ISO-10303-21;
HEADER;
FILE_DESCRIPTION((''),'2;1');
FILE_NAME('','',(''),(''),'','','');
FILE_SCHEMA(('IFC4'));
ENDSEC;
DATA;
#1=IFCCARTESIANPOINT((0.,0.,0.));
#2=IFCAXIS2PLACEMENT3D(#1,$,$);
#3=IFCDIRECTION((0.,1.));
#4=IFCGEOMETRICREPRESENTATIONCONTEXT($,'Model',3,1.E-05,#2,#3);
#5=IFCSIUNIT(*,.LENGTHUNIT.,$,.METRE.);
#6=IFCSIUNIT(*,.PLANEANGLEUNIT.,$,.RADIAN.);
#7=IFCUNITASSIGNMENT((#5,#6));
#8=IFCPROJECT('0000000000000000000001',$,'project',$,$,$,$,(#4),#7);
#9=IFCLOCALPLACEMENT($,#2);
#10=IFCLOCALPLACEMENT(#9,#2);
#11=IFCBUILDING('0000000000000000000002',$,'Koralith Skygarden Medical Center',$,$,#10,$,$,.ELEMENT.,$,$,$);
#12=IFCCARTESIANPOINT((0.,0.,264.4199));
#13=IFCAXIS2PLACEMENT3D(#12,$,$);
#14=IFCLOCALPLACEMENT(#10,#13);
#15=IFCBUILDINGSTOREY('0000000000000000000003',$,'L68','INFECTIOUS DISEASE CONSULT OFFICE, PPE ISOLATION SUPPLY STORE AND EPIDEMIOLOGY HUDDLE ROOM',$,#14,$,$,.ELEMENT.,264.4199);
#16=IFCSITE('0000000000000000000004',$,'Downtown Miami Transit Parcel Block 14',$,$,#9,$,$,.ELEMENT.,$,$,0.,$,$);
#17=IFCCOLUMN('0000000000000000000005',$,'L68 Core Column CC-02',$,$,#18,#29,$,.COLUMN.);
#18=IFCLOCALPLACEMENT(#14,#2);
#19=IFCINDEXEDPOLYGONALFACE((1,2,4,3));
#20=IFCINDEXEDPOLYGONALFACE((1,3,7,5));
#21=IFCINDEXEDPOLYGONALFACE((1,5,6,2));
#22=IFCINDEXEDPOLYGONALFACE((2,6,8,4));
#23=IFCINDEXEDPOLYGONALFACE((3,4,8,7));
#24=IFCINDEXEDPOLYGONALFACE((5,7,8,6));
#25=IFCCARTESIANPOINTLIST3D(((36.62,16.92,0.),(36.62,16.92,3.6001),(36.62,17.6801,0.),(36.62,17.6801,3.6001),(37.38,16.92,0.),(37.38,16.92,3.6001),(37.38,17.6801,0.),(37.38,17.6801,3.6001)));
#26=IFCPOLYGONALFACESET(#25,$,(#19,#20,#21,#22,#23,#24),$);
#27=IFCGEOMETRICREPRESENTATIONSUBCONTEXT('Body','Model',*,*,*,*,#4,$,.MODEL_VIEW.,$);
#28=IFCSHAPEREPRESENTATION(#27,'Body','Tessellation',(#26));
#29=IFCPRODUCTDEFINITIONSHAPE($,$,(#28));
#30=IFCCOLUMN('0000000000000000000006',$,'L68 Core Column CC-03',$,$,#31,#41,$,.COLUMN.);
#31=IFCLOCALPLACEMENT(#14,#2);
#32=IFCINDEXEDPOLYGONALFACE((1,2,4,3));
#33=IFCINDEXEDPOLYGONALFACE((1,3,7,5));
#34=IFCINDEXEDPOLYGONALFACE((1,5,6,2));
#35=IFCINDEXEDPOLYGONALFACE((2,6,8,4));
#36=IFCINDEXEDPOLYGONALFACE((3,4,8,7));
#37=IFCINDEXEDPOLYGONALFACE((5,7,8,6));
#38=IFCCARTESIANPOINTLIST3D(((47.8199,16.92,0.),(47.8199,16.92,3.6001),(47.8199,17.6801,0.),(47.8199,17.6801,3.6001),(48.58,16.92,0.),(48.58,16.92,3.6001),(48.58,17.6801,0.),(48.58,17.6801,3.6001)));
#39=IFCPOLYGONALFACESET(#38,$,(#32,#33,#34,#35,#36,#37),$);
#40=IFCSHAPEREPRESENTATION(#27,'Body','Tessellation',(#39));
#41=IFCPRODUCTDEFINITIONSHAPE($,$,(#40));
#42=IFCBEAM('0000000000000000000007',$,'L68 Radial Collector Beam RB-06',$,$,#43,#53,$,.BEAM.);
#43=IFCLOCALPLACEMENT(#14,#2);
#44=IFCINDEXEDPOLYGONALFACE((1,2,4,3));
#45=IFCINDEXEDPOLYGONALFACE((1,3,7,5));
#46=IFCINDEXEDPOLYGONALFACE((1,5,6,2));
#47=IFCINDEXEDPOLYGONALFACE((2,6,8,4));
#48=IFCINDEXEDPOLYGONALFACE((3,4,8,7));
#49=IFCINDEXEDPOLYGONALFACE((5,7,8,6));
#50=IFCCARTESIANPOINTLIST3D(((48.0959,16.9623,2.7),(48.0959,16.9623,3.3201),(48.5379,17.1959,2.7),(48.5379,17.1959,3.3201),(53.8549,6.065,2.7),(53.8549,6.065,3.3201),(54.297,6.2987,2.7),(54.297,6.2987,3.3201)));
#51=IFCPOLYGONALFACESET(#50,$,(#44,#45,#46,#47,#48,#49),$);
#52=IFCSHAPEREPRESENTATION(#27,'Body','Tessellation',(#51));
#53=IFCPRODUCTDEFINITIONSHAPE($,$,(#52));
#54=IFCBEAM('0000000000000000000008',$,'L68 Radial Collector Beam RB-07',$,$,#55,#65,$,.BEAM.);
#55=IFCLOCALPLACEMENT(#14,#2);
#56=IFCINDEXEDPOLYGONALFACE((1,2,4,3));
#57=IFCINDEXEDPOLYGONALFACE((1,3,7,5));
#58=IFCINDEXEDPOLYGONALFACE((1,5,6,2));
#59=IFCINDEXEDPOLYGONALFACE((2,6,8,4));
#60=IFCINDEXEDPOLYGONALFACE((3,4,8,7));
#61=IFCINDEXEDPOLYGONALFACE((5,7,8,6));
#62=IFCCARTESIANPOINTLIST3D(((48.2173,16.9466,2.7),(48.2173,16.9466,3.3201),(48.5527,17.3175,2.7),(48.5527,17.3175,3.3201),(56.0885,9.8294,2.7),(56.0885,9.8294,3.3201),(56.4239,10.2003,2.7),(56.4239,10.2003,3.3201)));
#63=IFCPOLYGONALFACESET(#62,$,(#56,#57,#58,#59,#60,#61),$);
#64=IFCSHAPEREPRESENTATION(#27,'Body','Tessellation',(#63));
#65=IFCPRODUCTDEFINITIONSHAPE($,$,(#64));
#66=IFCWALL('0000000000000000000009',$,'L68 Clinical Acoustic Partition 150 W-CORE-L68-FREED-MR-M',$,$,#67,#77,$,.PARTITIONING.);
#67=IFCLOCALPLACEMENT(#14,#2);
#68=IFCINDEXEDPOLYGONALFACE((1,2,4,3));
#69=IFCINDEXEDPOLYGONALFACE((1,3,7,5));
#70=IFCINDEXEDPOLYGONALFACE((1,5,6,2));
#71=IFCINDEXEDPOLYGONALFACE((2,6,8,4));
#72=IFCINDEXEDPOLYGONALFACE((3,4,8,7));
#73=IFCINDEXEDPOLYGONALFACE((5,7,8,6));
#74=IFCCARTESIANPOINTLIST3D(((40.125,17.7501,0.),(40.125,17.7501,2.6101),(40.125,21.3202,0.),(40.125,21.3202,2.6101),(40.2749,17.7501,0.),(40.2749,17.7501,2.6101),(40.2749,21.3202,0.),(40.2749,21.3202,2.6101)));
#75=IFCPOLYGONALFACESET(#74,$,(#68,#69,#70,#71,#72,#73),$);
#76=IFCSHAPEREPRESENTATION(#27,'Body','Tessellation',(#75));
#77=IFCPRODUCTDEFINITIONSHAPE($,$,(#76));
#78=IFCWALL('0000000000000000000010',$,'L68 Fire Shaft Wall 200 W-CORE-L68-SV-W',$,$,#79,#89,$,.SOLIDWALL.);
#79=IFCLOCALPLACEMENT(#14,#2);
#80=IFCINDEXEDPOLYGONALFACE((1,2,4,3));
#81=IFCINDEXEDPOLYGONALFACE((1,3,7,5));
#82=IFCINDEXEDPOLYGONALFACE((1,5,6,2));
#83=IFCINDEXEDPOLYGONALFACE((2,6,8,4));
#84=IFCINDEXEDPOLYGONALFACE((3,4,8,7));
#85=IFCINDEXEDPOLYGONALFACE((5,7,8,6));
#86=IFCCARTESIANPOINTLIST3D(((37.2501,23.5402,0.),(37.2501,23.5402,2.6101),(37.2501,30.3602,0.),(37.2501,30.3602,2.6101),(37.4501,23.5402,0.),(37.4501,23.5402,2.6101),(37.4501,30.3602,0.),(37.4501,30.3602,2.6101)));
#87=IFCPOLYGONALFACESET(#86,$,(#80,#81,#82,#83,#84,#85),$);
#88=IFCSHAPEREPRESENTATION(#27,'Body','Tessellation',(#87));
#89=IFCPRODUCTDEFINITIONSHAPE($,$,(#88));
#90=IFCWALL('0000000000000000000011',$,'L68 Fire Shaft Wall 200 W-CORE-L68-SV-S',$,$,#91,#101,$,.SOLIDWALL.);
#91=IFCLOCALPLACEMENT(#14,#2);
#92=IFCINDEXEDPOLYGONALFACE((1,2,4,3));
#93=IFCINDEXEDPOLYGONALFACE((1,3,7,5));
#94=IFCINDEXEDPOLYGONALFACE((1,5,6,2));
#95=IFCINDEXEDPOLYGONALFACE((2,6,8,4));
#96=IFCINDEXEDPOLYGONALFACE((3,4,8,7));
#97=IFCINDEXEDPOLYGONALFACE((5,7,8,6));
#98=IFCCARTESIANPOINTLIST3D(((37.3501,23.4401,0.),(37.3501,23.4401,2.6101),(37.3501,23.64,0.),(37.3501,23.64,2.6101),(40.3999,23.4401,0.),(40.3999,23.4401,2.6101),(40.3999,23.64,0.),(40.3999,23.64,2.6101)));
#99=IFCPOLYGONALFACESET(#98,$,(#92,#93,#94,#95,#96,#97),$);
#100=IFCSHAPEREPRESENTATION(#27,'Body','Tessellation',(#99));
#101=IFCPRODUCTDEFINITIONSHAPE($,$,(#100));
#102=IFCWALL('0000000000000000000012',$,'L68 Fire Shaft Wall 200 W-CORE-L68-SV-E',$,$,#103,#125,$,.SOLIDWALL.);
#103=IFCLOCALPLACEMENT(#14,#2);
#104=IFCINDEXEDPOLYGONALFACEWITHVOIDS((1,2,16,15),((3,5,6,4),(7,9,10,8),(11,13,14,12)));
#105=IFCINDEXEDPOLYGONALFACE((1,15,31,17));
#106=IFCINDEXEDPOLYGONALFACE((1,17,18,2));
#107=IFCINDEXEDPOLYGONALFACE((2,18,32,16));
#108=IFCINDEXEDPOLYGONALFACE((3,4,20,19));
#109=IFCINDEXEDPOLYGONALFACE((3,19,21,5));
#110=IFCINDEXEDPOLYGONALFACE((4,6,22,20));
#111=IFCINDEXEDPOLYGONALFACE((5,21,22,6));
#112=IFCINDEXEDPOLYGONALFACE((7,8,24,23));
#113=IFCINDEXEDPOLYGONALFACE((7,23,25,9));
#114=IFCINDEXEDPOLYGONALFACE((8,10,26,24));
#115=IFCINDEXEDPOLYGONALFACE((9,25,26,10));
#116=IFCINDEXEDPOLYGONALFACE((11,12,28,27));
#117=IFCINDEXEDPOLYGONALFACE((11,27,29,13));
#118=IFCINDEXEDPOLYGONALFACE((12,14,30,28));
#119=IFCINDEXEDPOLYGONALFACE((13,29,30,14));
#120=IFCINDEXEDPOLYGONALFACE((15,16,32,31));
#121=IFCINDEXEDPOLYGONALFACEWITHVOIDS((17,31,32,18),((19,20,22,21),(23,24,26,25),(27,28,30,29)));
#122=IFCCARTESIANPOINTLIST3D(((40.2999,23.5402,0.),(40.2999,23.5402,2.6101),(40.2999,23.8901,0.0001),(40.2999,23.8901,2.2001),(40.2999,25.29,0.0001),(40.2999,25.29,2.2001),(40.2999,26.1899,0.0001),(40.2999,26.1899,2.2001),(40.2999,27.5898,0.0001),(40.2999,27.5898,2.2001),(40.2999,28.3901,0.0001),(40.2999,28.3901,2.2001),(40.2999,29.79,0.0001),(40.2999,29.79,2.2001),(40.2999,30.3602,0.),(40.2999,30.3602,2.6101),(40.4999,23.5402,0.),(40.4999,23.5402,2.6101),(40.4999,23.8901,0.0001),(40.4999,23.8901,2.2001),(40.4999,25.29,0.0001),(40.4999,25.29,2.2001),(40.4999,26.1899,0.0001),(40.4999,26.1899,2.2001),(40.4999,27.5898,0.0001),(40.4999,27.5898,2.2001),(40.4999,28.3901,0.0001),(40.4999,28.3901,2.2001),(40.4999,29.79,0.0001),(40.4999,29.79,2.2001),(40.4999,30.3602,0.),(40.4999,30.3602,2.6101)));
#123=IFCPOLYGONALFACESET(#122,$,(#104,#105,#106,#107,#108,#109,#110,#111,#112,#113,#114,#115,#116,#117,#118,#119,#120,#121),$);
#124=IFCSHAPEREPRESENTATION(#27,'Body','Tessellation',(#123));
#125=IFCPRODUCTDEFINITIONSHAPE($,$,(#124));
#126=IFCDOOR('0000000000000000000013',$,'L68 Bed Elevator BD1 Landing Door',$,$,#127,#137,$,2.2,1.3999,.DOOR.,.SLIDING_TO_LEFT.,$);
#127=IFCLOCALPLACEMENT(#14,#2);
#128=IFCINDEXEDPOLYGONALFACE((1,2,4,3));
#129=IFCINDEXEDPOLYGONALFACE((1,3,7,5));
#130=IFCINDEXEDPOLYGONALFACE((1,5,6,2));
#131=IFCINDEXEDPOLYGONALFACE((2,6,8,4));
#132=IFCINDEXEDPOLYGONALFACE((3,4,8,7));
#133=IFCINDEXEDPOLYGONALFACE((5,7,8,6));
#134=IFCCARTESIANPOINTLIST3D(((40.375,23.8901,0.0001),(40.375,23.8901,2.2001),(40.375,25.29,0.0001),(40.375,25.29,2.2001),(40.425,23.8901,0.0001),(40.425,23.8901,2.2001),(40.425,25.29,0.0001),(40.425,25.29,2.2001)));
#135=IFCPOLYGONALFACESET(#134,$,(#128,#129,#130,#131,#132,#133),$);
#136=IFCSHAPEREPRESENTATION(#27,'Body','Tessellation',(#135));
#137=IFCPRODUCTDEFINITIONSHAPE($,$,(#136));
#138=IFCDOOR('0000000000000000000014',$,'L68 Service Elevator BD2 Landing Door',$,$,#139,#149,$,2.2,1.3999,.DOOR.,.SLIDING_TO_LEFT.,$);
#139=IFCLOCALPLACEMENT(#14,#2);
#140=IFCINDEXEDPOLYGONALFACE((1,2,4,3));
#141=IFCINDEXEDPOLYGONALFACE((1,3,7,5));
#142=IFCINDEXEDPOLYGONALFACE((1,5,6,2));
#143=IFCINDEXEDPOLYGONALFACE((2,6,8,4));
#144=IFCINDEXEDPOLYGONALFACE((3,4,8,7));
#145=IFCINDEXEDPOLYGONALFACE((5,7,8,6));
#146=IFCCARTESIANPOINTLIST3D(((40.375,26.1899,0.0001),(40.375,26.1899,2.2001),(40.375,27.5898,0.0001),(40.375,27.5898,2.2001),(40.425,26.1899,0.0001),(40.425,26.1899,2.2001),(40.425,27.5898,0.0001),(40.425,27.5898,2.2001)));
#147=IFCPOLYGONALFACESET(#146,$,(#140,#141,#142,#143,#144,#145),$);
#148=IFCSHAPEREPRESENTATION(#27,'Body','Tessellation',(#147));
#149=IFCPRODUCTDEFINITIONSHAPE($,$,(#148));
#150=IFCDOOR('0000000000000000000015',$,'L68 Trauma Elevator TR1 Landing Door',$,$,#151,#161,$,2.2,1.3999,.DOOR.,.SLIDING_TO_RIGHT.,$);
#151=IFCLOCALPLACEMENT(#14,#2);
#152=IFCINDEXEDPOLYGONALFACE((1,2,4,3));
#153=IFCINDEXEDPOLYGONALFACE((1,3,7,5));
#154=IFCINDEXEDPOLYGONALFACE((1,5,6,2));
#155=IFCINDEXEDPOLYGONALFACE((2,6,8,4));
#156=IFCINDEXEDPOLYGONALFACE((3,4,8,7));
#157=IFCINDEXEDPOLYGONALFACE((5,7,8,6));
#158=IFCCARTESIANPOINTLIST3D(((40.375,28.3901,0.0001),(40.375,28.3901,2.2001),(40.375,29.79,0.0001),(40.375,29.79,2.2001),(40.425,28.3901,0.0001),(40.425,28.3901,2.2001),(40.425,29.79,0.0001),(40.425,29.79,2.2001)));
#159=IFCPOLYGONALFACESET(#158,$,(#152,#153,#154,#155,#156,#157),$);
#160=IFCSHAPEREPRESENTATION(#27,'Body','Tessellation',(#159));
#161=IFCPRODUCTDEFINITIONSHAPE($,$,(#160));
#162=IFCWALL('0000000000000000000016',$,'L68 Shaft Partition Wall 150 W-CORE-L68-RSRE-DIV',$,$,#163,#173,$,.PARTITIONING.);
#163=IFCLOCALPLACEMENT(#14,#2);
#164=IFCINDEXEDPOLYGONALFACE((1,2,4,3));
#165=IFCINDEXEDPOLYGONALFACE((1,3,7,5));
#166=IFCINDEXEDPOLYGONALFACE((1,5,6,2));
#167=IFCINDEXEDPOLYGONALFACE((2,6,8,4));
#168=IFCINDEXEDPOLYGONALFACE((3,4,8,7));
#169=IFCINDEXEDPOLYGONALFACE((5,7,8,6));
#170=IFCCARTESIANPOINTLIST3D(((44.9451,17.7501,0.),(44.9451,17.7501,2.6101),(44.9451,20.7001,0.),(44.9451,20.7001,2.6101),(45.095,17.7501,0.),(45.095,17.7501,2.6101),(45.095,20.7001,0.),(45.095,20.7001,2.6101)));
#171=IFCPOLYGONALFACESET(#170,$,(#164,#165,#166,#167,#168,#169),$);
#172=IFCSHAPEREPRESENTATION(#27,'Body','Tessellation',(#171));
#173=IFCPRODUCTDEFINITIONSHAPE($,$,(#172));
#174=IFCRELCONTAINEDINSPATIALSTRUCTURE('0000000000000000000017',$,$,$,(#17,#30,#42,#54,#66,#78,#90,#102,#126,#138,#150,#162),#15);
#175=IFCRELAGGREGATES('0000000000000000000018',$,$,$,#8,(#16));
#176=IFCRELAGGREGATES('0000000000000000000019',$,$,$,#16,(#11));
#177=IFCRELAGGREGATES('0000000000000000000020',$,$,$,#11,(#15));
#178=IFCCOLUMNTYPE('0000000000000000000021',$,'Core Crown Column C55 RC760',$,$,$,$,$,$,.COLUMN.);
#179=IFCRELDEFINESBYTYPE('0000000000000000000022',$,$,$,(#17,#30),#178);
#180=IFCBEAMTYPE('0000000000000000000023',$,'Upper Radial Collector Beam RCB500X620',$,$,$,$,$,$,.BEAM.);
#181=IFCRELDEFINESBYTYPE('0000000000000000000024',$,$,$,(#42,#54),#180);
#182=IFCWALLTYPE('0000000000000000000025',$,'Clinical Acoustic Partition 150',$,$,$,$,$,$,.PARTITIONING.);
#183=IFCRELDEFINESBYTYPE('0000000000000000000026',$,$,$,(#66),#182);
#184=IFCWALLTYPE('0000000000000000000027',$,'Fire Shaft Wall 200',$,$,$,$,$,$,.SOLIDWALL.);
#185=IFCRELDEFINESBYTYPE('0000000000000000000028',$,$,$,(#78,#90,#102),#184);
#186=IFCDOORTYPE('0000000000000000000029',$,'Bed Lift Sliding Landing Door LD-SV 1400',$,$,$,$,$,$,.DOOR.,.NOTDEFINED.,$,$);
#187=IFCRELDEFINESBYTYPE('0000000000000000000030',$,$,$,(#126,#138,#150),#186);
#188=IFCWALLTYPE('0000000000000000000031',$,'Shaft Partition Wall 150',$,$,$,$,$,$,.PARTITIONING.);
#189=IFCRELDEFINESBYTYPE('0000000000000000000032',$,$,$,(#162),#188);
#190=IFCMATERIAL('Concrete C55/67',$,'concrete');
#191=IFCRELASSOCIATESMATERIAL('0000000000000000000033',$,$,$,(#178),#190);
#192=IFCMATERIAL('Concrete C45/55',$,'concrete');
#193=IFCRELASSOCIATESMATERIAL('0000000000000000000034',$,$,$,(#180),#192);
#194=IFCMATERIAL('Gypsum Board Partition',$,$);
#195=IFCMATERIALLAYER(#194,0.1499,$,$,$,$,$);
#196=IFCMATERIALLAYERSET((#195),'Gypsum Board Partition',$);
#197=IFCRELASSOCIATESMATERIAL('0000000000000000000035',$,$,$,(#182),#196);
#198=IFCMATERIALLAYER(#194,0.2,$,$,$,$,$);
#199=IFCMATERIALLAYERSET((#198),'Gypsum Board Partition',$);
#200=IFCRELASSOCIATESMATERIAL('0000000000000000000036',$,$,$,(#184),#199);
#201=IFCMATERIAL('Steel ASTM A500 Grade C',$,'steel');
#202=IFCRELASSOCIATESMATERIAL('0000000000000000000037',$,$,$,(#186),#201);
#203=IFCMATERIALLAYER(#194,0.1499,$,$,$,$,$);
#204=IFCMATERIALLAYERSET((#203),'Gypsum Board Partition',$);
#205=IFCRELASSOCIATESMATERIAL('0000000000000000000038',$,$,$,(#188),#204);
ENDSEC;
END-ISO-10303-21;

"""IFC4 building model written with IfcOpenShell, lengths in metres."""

from ifc_helpers import new_model, si_unit, direction, frame, frame_2d, origin, origin_2d, place, context, subcontext, project, spatial, rectangle, extrude, material, layer, layer_set, material_profile, profile_set, type_object, element, fill, save


model = new_model("IFC4")

# Units and contexts
model_context = context("Model", 3, precision=1e-05, world=origin(), true_north=direction((0.0, 1.0)))
body_context = subcontext(model_context, "Body", "Model", "MODEL_VIEW")
ifc_project = project(units=[si_unit("LENGTHUNIT", "METRE"), si_unit("PLANEANGLEUNIT", "RADIAN")], contexts=[model_context])

# Site, building, storey
site_placement = place(None, origin())
site = spatial("IfcSite", under=ifc_project, at=site_placement, Name="Downtown Miami Transit Parcel Block 14", CompositionType="ELEMENT", RefElevation=0.0)
building_placement = place(site_placement, origin())
building = spatial("IfcBuilding", under=site, at=building_placement, Name="Koralith Skygarden Medical Center", CompositionType="ELEMENT")
storey_placement = place(building_placement, frame((0.0, 0.0, 264.4199)))
storey = spatial("IfcBuildingStorey", under=building, at=storey_placement, Name="L68", Description="INFECTIOUS DISEASE CONSULT OFFICE, PPE ISOLATION SUPPLY STORE AND EPIDEMIOLOGY HUDDLE ROOM", CompositionType="ELEMENT", Elevation=264.4199)

# Columns
ifc_material_1 = material(Name="Concrete C55/67", Category="concrete")
ifc_material_profile_1 = material_profile(ifc_material_1, rectangle(XDim=0.76, YDim=0.76, at=origin_2d()), Name="RC760X760")
ifc_profile_set_1 = profile_set([ifc_material_profile_1], Name="Concrete C55/67")
column_type = type_object("IfcColumnType", Name="Core Crown Column C55 RC760", PredefinedType="COLUMN", material=ifc_profile_set_1)
for number, where, z_axis, x_axis, name in (
    (1, (37.0, 17.3, 0.0), (0.0, 0.0, 1.0), (1.0, 0.0, 0.0), "L68 Core Column CC-02"),
    (2, (48.2, 17.3, 0.0), (0.0, 0.0, 1.0), (1.0, 0.0, 0.0), "L68 Core Column CC-03"),
):
    element("IfcColumn", number, at=place(storey_placement, frame(where, z_axis=z_axis, x_axis=x_axis)), inside=storey, type_object=column_type, Name=name, PredefinedType="COLUMN", context=body_context, shape_type="SweptSolid", body=[
        extrude(rectangle(XDim=0.76, YDim=0.76, at=origin_2d()), origin(), (0.0, 0.0, 1.0), 3.6001),
    ])

# Beams
ifc_material_2 = material(Name="Concrete C45/55", Category="concrete")
ifc_material_profile_2 = material_profile(ifc_material_2, rectangle(XDim=0.5, YDim=0.6201, at=origin_2d()), Name="RCB500X620")
ifc_profile_set_2 = profile_set([ifc_material_profile_2], Name="Concrete C45/55")
beam_type = type_object("IfcBeamType", Name="Upper Radial Collector Beam RCB500X620", PredefinedType="BEAM", material=ifc_profile_set_2)
beam_1_placement = place(storey_placement, frame((48.3169, 17.0791, 3.01), z_axis=(0.467249, -0.884126, 0.0), x_axis=(0.884126, 0.467249, 0.0)))
element("IfcBeam", 3, at=beam_1_placement, inside=storey, type_object=beam_type, Name="L68 Radial Collector Beam RB-06", PredefinedType="BEAM", context=body_context, shape_type="SweptSolid", body=[
    extrude(rectangle(XDim=0.5, YDim=0.6201, at=origin_2d()), origin(), (0.0, 0.0, 1.0), 12.3254),
])
beam_2_placement = place(storey_placement, frame((48.385, 17.1321, 3.01), z_axis=(0.741736, -0.670692, 0.0), x_axis=(0.670692, 0.741736, 0.0)))
element("IfcBeam", 4, at=beam_2_placement, inside=storey, type_object=beam_type, Name="L68 Radial Collector Beam RB-07", PredefinedType="BEAM", context=body_context, shape_type="SweptSolid", body=[
    extrude(rectangle(XDim=0.5, YDim=0.6201, at=origin_2d()), origin(), (0.0, 0.0, 1.0), 10.6118),
])

# Shared definitions
ifc_material_3 = material(Name="Gypsum Board Partition")
ifc_layer_1 = layer(ifc_material_3, 0.1499)
ifc_layer_set_1 = layer_set([ifc_layer_1], Name="Gypsum Board Partition")
wall_type_1 = type_object("IfcWallType", Name="Clinical Acoustic Partition 150", PredefinedType="PARTITIONING", material=ifc_layer_set_1)

# Wall
wall_1_placement = place(storey_placement, frame((40.2, 17.75, 0.0), z_axis=(0.0, 0.0, 1.0), x_axis=(0.0, 1.0, 0.0)))
element("IfcWall", 5, at=wall_1_placement, inside=storey, type_object=wall_type_1, Name="L68 Clinical Acoustic Partition 150 W-CORE-L68-FREED-MR-M", PredefinedType="PARTITIONING", context=body_context, shape_type="SweptSolid", body=[
    extrude(rectangle(XDim=3.5701, YDim=0.1499, at=frame_2d((1.7852, 0.0))), origin(), (0.0, 0.0, 1.0), 2.6101),
])

# Shared definitions
ifc_layer_2 = layer(ifc_material_3, 0.2)
ifc_layer_set_2 = layer_set([ifc_layer_2], Name="Gypsum Board Partition")
wall_type_2 = type_object("IfcWallType", Name="Fire Shaft Wall 200", PredefinedType="SOLIDWALL", material=ifc_layer_set_2)
ifc_material_4 = material(Name="Steel ASTM A500 Grade C", Category="steel")

# Walls
wall_2_placement = place(storey_placement, frame((37.3501, 23.54, 0.0), z_axis=(0.0, 0.0, 1.0), x_axis=(0.0, 1.0, 0.0)))
element("IfcWall", 6, at=wall_2_placement, inside=storey, type_object=wall_type_2, Name="L68 Fire Shaft Wall 200 W-CORE-L68-SV-W", PredefinedType="SOLIDWALL", context=body_context, shape_type="SweptSolid", body=[
    extrude(rectangle(XDim=6.8201, YDim=0.2, at=frame_2d((3.4102, 0.0))), origin(), (0.0, 0.0, 1.0), 2.6101),
])
wall_3_placement = place(storey_placement, frame((37.3501, 23.54, 0.0), z_axis=(0.0, 0.0, 1.0), x_axis=(1.0, 0.0, 0.0)))
element("IfcWall", 7, at=wall_3_placement, inside=storey, type_object=wall_type_2, Name="L68 Fire Shaft Wall 200 W-CORE-L68-SV-S", PredefinedType="SOLIDWALL", context=body_context, shape_type="SweptSolid", body=[
    extrude(rectangle(XDim=3.0498, YDim=0.2, at=frame_2d((1.5249, 0.0))), origin(), (0.0, 0.0, 1.0), 2.6101),
])

# Wall, openings, doors
wall_4_placement = place(storey_placement, frame((40.3999, 23.54, 0.0), z_axis=(0.0, 0.0, 1.0), x_axis=(0.0, 1.0, 0.0)))
wall_4 = element("IfcWall", 8, at=wall_4_placement, inside=storey, type_object=wall_type_2, Name="L68 Fire Shaft Wall 200 W-CORE-L68-SV-E", PredefinedType="SOLIDWALL", context=body_context, shape_type="SweptSolid", body=[
    extrude(rectangle(XDim=6.8201, YDim=0.2, at=frame_2d((3.4102, 0.0))), origin(), (0.0, 0.0, 1.0), 2.6101),
])
opening_1_placement = place(wall_4_placement, frame((0.3501, 0.0, 0.0)))
opening_1 = element("IfcOpeningElement", 9, at=opening_1_placement, cuts=wall_4, PredefinedType="OPENING", context=body_context, shape_type="SweptSolid", body=[
    extrude(rectangle(XDim=1.3999, YDim=2.2, at=frame_2d((0.7, 1.1001))), frame((0.0, 0.1099, 0.0), z_axis=(0.0, -1.0, 0.0), x_axis=(1.0, 0.0, 0.0)), (0.0, 0.0, 1.0), 0.22),
])
opening_2_placement = place(wall_4_placement, frame((2.6499, 0.0, 0.0)))
opening_2 = element("IfcOpeningElement", 10, at=opening_2_placement, cuts=wall_4, PredefinedType="OPENING", context=body_context, shape_type="SweptSolid", body=[
    extrude(rectangle(XDim=1.3999, YDim=2.2, at=frame_2d((0.7, 1.1001))), frame((0.0, 0.1099, 0.0), z_axis=(0.0, -1.0, 0.0), x_axis=(1.0, 0.0, 0.0)), (0.0, 0.0, 1.0), 0.22),
])
opening_3_placement = place(wall_4_placement, frame((4.8501, 0.0, 0.0)))
opening_3 = element("IfcOpeningElement", 11, at=opening_3_placement, cuts=wall_4, PredefinedType="OPENING", context=body_context, shape_type="SweptSolid", body=[
    extrude(rectangle(XDim=1.3999, YDim=2.2, at=frame_2d((0.7, 1.1001))), frame((0.0, 0.1099, 0.0), z_axis=(0.0, -1.0, 0.0), x_axis=(1.0, 0.0, 0.0)), (0.0, 0.0, 1.0), 0.22),
])
door_type_1 = type_object("IfcDoorType", Name="Bed Lift Sliding Landing Door LD-SV 1400", OperationType="NOTDEFINED", PredefinedType="DOOR", material=ifc_material_4)
door_1_placement = place(opening_1_placement, origin())
door_1 = element("IfcDoor", 12, at=door_1_placement, inside=storey, type_object=door_type_1, Name="L68 Bed Elevator BD1 Landing Door", OperationType="SLIDING_TO_LEFT", OverallHeight=2.2, OverallWidth=1.3999, PredefinedType="DOOR", context=body_context, shape_type="SweptSolid", body=[
    extrude(rectangle(XDim=1.3999, YDim=2.2, at=frame_2d((0.7, 1.1001))), frame((0.0, 0.0249, 0.0), z_axis=(0.0, -1.0, 0.0), x_axis=(1.0, 0.0, 0.0)), (0.0, 0.0, 1.0), 0.05),
])
fill(opening_1, door_1)
door_2_placement = place(opening_2_placement, origin())
door_2 = element("IfcDoor", 13, at=door_2_placement, inside=storey, type_object=door_type_1, Name="L68 Service Elevator BD2 Landing Door", OperationType="SLIDING_TO_LEFT", OverallHeight=2.2, OverallWidth=1.3999, PredefinedType="DOOR", context=body_context, shape_type="SweptSolid", body=[
    extrude(rectangle(XDim=1.3999, YDim=2.2, at=frame_2d((0.7, 1.1001))), frame((0.0, 0.0249, 0.0), z_axis=(0.0, -1.0, 0.0), x_axis=(1.0, 0.0, 0.0)), (0.0, 0.0, 1.0), 0.05),
])
fill(opening_2, door_2)
door_3_placement = place(opening_3_placement, origin())
door_3 = element("IfcDoor", 14, at=door_3_placement, inside=storey, type_object=door_type_1, Name="L68 Trauma Elevator TR1 Landing Door", OperationType="SLIDING_TO_RIGHT", OverallHeight=2.2, OverallWidth=1.3999, PredefinedType="DOOR", context=body_context, shape_type="SweptSolid", body=[
    extrude(rectangle(XDim=1.3999, YDim=2.2, at=frame_2d((0.7, 1.1001))), frame((0.0, 0.0249, 0.0), z_axis=(0.0, -1.0, 0.0), x_axis=(1.0, 0.0, 0.0)), (0.0, 0.0, 1.0), 0.05),
])
fill(opening_3, door_3)

# Wall
ifc_layer_3 = layer(ifc_material_3, 0.1499)
ifc_layer_set_3 = layer_set([ifc_layer_3], Name="Gypsum Board Partition")
wall_type_3 = type_object("IfcWallType", Name="Shaft Partition Wall 150", PredefinedType="PARTITIONING", material=ifc_layer_set_3)
wall_5_placement = place(storey_placement, frame((45.02, 17.75, 0.0), z_axis=(0.0, 0.0, 1.0), x_axis=(0.0, 1.0, 0.0)))
element("IfcWall", 15, at=wall_5_placement, inside=storey, type_object=wall_type_3, Name="L68 Shaft Partition Wall 150 W-CORE-L68-RSRE-DIV", PredefinedType="PARTITIONING", context=body_context, shape_type="SweptSolid", body=[
    extrude(rectangle(XDim=2.95, YDim=0.1499, at=frame_2d((1.4751, 0.0))), origin(), (0.0, 0.0, 1.0), 2.6101),
])

save(model, "model.ifc")
